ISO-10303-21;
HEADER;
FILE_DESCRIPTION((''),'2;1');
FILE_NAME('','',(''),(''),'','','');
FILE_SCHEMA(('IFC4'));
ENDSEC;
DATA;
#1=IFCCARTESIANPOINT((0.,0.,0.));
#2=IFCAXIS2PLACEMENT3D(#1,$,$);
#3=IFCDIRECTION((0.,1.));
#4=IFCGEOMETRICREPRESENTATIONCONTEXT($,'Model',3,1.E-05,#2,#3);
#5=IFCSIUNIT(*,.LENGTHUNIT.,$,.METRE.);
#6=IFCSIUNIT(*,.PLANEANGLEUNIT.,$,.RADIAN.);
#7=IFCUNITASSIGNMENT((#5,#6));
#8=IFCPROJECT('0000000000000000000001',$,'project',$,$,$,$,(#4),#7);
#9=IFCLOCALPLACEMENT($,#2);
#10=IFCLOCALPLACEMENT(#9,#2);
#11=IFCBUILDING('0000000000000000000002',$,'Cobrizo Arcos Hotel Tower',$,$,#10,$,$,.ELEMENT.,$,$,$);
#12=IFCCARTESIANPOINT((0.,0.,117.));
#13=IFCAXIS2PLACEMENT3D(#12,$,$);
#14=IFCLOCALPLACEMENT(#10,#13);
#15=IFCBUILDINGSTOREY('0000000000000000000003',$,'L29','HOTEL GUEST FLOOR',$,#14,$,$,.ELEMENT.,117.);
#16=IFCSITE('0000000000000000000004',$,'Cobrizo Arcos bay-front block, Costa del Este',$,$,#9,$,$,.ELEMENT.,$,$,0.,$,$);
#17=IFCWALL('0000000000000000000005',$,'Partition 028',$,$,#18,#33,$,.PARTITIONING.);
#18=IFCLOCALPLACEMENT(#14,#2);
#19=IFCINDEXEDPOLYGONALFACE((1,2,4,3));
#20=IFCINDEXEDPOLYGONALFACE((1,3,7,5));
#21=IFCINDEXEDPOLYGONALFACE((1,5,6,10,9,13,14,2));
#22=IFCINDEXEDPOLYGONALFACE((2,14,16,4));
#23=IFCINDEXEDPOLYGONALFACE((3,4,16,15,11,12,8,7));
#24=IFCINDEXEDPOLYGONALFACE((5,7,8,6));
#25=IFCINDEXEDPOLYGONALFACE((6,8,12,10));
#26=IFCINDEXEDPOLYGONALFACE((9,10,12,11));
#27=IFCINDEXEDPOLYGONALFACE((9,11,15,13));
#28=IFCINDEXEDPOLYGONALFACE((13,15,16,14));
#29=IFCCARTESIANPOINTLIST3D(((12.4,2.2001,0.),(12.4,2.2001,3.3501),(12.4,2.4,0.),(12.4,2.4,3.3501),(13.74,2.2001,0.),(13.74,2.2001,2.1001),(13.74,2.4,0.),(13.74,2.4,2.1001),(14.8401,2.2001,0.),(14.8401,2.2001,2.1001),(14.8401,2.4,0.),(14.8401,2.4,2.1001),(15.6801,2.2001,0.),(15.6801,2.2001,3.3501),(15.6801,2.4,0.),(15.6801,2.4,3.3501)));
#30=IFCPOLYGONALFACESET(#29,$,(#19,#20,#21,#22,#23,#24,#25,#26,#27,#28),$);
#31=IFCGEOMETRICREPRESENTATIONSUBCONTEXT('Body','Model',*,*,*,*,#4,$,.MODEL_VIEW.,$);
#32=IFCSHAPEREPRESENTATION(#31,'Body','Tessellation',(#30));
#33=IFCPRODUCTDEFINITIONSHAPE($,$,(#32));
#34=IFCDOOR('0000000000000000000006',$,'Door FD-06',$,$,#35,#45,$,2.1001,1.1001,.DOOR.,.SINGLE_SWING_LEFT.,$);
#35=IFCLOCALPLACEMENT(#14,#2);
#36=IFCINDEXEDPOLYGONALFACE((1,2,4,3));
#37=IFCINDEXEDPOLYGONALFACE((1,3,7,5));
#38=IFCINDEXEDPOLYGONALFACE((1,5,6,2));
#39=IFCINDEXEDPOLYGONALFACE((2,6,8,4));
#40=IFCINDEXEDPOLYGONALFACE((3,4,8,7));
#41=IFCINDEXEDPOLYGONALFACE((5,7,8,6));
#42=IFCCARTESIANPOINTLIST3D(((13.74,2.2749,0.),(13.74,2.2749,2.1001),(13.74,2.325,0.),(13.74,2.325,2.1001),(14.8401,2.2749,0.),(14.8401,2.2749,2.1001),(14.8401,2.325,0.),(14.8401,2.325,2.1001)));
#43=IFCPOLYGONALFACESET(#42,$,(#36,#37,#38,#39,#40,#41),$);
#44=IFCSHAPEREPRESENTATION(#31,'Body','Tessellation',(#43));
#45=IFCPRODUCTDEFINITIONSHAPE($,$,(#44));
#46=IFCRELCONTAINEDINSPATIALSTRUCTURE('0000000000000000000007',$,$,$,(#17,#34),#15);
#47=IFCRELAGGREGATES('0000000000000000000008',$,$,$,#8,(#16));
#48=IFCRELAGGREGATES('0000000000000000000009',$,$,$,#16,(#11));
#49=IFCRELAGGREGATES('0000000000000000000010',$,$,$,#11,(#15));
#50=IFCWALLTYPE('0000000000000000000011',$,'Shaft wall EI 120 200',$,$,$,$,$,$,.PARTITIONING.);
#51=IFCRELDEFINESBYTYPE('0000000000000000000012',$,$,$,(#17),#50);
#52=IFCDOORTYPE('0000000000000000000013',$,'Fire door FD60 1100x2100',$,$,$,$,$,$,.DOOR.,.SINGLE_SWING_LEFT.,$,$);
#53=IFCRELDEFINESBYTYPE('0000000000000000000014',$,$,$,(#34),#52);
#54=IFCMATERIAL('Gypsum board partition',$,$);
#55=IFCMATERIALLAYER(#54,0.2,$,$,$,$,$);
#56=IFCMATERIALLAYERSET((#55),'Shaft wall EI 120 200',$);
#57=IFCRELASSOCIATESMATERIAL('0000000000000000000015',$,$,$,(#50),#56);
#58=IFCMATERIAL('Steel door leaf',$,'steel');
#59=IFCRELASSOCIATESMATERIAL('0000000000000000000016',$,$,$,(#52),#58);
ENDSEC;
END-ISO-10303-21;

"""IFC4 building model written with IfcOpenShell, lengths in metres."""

from ifc_helpers import new_model, si_unit, direction, frame, frame_2d, origin, place, context, subcontext, project, spatial, rectangle, extrude, material, layer, layer_set, type_object, element, fill, save


model = new_model("IFC4")

# Units and contexts
model_context = context("Model", 3, precision=1e-05, world=origin(), true_north=direction((0.0, 1.0)))
body_context = subcontext(model_context, "Body", "Model", "MODEL_VIEW")
ifc_project = project(units=[si_unit("LENGTHUNIT", "METRE"), si_unit("PLANEANGLEUNIT", "RADIAN")], contexts=[model_context])

# Site, building, storey
site_placement = place(None, origin())
site = spatial("IfcSite", under=ifc_project, at=site_placement, Name="Cobrizo Arcos bay-front block, Costa del Este", CompositionType="ELEMENT", RefElevation=0.0)
building_placement = place(site_placement, origin())
building = spatial("IfcBuilding", under=site, at=building_placement, Name="Cobrizo Arcos Hotel Tower", CompositionType="ELEMENT")
storey_placement = place(building_placement, frame((0.0, 0.0, 117.0)))
storey = spatial("IfcBuildingStorey", under=building, at=storey_placement, Name="L29", Description="HOTEL GUEST FLOOR", CompositionType="ELEMENT", Elevation=117.0)

# Shared definitions
ifc_material_1 = material(Name="Gypsum board partition")

# Wall, opening, door
ifc_layer_1 = layer(ifc_material_1, 0.2)
ifc_layer_set_1 = layer_set([ifc_layer_1], Name="Shaft wall EI 120 200")
wall_type_1 = type_object("IfcWallType", Name="Shaft wall EI 120 200", PredefinedType="PARTITIONING", material=ifc_layer_set_1)
wall_1_placement = place(storey_placement, frame((12.3999, 2.3, 0.0), z_axis=(0.0, 0.0, 1.0), x_axis=(1.0, 0.0, 0.0)))
wall_1 = element("IfcWall", 1, at=wall_1_placement, inside=storey, type_object=wall_type_1, Name="Partition 028", PredefinedType="PARTITIONING", context=body_context, shape_type="SweptSolid", body=[
    extrude(rectangle(XDim=3.28, YDim=0.2, at=frame_2d((1.6401, 0.0))), origin(), (0.0, 0.0, 1.0), 3.3501),
])
opening_1_placement = place(wall_1_placement, frame((1.3401, 0.0, 0.0)))
opening_1 = element("IfcOpeningElement", 2, at=opening_1_placement, cuts=wall_1, PredefinedType="OPENING", context=body_context, shape_type="SweptSolid", body=[
    extrude(rectangle(XDim=1.1001, YDim=2.1001, at=frame_2d((0.55, 1.05))), frame((0.0, 0.1121, 0.0), z_axis=(0.0, -1.0, 0.0), x_axis=(1.0, 0.0, 0.0)), (0.0, 0.0, 1.0), 0.2239),
])
ifc_material_2 = material(Name="Steel door leaf", Category="steel")
door_type_1 = type_object("IfcDoorType", Name="Fire door FD60 1100x2100", OperationType="SINGLE_SWING_LEFT", PredefinedType="DOOR", material=ifc_material_2)
door_1_placement = place(opening_1_placement, origin())
door_1 = element("IfcDoor", 3, at=door_1_placement, inside=storey, type_object=door_type_1, Name="Door FD-06", OperationType="SINGLE_SWING_LEFT", OverallHeight=2.1001, OverallWidth=1.1001, PredefinedType="DOOR", context=body_context, shape_type="SweptSolid", body=[
    extrude(rectangle(XDim=1.1001, YDim=2.1001, at=frame_2d((0.55, 1.05))), frame((0.0, 0.0249, 0.0), z_axis=(0.0, -1.0, 0.0), x_axis=(1.0, 0.0, 0.0)), (0.0, 0.0, 1.0), 0.05),
])
fill(opening_1, door_1)

save(model, "model.ifc")
